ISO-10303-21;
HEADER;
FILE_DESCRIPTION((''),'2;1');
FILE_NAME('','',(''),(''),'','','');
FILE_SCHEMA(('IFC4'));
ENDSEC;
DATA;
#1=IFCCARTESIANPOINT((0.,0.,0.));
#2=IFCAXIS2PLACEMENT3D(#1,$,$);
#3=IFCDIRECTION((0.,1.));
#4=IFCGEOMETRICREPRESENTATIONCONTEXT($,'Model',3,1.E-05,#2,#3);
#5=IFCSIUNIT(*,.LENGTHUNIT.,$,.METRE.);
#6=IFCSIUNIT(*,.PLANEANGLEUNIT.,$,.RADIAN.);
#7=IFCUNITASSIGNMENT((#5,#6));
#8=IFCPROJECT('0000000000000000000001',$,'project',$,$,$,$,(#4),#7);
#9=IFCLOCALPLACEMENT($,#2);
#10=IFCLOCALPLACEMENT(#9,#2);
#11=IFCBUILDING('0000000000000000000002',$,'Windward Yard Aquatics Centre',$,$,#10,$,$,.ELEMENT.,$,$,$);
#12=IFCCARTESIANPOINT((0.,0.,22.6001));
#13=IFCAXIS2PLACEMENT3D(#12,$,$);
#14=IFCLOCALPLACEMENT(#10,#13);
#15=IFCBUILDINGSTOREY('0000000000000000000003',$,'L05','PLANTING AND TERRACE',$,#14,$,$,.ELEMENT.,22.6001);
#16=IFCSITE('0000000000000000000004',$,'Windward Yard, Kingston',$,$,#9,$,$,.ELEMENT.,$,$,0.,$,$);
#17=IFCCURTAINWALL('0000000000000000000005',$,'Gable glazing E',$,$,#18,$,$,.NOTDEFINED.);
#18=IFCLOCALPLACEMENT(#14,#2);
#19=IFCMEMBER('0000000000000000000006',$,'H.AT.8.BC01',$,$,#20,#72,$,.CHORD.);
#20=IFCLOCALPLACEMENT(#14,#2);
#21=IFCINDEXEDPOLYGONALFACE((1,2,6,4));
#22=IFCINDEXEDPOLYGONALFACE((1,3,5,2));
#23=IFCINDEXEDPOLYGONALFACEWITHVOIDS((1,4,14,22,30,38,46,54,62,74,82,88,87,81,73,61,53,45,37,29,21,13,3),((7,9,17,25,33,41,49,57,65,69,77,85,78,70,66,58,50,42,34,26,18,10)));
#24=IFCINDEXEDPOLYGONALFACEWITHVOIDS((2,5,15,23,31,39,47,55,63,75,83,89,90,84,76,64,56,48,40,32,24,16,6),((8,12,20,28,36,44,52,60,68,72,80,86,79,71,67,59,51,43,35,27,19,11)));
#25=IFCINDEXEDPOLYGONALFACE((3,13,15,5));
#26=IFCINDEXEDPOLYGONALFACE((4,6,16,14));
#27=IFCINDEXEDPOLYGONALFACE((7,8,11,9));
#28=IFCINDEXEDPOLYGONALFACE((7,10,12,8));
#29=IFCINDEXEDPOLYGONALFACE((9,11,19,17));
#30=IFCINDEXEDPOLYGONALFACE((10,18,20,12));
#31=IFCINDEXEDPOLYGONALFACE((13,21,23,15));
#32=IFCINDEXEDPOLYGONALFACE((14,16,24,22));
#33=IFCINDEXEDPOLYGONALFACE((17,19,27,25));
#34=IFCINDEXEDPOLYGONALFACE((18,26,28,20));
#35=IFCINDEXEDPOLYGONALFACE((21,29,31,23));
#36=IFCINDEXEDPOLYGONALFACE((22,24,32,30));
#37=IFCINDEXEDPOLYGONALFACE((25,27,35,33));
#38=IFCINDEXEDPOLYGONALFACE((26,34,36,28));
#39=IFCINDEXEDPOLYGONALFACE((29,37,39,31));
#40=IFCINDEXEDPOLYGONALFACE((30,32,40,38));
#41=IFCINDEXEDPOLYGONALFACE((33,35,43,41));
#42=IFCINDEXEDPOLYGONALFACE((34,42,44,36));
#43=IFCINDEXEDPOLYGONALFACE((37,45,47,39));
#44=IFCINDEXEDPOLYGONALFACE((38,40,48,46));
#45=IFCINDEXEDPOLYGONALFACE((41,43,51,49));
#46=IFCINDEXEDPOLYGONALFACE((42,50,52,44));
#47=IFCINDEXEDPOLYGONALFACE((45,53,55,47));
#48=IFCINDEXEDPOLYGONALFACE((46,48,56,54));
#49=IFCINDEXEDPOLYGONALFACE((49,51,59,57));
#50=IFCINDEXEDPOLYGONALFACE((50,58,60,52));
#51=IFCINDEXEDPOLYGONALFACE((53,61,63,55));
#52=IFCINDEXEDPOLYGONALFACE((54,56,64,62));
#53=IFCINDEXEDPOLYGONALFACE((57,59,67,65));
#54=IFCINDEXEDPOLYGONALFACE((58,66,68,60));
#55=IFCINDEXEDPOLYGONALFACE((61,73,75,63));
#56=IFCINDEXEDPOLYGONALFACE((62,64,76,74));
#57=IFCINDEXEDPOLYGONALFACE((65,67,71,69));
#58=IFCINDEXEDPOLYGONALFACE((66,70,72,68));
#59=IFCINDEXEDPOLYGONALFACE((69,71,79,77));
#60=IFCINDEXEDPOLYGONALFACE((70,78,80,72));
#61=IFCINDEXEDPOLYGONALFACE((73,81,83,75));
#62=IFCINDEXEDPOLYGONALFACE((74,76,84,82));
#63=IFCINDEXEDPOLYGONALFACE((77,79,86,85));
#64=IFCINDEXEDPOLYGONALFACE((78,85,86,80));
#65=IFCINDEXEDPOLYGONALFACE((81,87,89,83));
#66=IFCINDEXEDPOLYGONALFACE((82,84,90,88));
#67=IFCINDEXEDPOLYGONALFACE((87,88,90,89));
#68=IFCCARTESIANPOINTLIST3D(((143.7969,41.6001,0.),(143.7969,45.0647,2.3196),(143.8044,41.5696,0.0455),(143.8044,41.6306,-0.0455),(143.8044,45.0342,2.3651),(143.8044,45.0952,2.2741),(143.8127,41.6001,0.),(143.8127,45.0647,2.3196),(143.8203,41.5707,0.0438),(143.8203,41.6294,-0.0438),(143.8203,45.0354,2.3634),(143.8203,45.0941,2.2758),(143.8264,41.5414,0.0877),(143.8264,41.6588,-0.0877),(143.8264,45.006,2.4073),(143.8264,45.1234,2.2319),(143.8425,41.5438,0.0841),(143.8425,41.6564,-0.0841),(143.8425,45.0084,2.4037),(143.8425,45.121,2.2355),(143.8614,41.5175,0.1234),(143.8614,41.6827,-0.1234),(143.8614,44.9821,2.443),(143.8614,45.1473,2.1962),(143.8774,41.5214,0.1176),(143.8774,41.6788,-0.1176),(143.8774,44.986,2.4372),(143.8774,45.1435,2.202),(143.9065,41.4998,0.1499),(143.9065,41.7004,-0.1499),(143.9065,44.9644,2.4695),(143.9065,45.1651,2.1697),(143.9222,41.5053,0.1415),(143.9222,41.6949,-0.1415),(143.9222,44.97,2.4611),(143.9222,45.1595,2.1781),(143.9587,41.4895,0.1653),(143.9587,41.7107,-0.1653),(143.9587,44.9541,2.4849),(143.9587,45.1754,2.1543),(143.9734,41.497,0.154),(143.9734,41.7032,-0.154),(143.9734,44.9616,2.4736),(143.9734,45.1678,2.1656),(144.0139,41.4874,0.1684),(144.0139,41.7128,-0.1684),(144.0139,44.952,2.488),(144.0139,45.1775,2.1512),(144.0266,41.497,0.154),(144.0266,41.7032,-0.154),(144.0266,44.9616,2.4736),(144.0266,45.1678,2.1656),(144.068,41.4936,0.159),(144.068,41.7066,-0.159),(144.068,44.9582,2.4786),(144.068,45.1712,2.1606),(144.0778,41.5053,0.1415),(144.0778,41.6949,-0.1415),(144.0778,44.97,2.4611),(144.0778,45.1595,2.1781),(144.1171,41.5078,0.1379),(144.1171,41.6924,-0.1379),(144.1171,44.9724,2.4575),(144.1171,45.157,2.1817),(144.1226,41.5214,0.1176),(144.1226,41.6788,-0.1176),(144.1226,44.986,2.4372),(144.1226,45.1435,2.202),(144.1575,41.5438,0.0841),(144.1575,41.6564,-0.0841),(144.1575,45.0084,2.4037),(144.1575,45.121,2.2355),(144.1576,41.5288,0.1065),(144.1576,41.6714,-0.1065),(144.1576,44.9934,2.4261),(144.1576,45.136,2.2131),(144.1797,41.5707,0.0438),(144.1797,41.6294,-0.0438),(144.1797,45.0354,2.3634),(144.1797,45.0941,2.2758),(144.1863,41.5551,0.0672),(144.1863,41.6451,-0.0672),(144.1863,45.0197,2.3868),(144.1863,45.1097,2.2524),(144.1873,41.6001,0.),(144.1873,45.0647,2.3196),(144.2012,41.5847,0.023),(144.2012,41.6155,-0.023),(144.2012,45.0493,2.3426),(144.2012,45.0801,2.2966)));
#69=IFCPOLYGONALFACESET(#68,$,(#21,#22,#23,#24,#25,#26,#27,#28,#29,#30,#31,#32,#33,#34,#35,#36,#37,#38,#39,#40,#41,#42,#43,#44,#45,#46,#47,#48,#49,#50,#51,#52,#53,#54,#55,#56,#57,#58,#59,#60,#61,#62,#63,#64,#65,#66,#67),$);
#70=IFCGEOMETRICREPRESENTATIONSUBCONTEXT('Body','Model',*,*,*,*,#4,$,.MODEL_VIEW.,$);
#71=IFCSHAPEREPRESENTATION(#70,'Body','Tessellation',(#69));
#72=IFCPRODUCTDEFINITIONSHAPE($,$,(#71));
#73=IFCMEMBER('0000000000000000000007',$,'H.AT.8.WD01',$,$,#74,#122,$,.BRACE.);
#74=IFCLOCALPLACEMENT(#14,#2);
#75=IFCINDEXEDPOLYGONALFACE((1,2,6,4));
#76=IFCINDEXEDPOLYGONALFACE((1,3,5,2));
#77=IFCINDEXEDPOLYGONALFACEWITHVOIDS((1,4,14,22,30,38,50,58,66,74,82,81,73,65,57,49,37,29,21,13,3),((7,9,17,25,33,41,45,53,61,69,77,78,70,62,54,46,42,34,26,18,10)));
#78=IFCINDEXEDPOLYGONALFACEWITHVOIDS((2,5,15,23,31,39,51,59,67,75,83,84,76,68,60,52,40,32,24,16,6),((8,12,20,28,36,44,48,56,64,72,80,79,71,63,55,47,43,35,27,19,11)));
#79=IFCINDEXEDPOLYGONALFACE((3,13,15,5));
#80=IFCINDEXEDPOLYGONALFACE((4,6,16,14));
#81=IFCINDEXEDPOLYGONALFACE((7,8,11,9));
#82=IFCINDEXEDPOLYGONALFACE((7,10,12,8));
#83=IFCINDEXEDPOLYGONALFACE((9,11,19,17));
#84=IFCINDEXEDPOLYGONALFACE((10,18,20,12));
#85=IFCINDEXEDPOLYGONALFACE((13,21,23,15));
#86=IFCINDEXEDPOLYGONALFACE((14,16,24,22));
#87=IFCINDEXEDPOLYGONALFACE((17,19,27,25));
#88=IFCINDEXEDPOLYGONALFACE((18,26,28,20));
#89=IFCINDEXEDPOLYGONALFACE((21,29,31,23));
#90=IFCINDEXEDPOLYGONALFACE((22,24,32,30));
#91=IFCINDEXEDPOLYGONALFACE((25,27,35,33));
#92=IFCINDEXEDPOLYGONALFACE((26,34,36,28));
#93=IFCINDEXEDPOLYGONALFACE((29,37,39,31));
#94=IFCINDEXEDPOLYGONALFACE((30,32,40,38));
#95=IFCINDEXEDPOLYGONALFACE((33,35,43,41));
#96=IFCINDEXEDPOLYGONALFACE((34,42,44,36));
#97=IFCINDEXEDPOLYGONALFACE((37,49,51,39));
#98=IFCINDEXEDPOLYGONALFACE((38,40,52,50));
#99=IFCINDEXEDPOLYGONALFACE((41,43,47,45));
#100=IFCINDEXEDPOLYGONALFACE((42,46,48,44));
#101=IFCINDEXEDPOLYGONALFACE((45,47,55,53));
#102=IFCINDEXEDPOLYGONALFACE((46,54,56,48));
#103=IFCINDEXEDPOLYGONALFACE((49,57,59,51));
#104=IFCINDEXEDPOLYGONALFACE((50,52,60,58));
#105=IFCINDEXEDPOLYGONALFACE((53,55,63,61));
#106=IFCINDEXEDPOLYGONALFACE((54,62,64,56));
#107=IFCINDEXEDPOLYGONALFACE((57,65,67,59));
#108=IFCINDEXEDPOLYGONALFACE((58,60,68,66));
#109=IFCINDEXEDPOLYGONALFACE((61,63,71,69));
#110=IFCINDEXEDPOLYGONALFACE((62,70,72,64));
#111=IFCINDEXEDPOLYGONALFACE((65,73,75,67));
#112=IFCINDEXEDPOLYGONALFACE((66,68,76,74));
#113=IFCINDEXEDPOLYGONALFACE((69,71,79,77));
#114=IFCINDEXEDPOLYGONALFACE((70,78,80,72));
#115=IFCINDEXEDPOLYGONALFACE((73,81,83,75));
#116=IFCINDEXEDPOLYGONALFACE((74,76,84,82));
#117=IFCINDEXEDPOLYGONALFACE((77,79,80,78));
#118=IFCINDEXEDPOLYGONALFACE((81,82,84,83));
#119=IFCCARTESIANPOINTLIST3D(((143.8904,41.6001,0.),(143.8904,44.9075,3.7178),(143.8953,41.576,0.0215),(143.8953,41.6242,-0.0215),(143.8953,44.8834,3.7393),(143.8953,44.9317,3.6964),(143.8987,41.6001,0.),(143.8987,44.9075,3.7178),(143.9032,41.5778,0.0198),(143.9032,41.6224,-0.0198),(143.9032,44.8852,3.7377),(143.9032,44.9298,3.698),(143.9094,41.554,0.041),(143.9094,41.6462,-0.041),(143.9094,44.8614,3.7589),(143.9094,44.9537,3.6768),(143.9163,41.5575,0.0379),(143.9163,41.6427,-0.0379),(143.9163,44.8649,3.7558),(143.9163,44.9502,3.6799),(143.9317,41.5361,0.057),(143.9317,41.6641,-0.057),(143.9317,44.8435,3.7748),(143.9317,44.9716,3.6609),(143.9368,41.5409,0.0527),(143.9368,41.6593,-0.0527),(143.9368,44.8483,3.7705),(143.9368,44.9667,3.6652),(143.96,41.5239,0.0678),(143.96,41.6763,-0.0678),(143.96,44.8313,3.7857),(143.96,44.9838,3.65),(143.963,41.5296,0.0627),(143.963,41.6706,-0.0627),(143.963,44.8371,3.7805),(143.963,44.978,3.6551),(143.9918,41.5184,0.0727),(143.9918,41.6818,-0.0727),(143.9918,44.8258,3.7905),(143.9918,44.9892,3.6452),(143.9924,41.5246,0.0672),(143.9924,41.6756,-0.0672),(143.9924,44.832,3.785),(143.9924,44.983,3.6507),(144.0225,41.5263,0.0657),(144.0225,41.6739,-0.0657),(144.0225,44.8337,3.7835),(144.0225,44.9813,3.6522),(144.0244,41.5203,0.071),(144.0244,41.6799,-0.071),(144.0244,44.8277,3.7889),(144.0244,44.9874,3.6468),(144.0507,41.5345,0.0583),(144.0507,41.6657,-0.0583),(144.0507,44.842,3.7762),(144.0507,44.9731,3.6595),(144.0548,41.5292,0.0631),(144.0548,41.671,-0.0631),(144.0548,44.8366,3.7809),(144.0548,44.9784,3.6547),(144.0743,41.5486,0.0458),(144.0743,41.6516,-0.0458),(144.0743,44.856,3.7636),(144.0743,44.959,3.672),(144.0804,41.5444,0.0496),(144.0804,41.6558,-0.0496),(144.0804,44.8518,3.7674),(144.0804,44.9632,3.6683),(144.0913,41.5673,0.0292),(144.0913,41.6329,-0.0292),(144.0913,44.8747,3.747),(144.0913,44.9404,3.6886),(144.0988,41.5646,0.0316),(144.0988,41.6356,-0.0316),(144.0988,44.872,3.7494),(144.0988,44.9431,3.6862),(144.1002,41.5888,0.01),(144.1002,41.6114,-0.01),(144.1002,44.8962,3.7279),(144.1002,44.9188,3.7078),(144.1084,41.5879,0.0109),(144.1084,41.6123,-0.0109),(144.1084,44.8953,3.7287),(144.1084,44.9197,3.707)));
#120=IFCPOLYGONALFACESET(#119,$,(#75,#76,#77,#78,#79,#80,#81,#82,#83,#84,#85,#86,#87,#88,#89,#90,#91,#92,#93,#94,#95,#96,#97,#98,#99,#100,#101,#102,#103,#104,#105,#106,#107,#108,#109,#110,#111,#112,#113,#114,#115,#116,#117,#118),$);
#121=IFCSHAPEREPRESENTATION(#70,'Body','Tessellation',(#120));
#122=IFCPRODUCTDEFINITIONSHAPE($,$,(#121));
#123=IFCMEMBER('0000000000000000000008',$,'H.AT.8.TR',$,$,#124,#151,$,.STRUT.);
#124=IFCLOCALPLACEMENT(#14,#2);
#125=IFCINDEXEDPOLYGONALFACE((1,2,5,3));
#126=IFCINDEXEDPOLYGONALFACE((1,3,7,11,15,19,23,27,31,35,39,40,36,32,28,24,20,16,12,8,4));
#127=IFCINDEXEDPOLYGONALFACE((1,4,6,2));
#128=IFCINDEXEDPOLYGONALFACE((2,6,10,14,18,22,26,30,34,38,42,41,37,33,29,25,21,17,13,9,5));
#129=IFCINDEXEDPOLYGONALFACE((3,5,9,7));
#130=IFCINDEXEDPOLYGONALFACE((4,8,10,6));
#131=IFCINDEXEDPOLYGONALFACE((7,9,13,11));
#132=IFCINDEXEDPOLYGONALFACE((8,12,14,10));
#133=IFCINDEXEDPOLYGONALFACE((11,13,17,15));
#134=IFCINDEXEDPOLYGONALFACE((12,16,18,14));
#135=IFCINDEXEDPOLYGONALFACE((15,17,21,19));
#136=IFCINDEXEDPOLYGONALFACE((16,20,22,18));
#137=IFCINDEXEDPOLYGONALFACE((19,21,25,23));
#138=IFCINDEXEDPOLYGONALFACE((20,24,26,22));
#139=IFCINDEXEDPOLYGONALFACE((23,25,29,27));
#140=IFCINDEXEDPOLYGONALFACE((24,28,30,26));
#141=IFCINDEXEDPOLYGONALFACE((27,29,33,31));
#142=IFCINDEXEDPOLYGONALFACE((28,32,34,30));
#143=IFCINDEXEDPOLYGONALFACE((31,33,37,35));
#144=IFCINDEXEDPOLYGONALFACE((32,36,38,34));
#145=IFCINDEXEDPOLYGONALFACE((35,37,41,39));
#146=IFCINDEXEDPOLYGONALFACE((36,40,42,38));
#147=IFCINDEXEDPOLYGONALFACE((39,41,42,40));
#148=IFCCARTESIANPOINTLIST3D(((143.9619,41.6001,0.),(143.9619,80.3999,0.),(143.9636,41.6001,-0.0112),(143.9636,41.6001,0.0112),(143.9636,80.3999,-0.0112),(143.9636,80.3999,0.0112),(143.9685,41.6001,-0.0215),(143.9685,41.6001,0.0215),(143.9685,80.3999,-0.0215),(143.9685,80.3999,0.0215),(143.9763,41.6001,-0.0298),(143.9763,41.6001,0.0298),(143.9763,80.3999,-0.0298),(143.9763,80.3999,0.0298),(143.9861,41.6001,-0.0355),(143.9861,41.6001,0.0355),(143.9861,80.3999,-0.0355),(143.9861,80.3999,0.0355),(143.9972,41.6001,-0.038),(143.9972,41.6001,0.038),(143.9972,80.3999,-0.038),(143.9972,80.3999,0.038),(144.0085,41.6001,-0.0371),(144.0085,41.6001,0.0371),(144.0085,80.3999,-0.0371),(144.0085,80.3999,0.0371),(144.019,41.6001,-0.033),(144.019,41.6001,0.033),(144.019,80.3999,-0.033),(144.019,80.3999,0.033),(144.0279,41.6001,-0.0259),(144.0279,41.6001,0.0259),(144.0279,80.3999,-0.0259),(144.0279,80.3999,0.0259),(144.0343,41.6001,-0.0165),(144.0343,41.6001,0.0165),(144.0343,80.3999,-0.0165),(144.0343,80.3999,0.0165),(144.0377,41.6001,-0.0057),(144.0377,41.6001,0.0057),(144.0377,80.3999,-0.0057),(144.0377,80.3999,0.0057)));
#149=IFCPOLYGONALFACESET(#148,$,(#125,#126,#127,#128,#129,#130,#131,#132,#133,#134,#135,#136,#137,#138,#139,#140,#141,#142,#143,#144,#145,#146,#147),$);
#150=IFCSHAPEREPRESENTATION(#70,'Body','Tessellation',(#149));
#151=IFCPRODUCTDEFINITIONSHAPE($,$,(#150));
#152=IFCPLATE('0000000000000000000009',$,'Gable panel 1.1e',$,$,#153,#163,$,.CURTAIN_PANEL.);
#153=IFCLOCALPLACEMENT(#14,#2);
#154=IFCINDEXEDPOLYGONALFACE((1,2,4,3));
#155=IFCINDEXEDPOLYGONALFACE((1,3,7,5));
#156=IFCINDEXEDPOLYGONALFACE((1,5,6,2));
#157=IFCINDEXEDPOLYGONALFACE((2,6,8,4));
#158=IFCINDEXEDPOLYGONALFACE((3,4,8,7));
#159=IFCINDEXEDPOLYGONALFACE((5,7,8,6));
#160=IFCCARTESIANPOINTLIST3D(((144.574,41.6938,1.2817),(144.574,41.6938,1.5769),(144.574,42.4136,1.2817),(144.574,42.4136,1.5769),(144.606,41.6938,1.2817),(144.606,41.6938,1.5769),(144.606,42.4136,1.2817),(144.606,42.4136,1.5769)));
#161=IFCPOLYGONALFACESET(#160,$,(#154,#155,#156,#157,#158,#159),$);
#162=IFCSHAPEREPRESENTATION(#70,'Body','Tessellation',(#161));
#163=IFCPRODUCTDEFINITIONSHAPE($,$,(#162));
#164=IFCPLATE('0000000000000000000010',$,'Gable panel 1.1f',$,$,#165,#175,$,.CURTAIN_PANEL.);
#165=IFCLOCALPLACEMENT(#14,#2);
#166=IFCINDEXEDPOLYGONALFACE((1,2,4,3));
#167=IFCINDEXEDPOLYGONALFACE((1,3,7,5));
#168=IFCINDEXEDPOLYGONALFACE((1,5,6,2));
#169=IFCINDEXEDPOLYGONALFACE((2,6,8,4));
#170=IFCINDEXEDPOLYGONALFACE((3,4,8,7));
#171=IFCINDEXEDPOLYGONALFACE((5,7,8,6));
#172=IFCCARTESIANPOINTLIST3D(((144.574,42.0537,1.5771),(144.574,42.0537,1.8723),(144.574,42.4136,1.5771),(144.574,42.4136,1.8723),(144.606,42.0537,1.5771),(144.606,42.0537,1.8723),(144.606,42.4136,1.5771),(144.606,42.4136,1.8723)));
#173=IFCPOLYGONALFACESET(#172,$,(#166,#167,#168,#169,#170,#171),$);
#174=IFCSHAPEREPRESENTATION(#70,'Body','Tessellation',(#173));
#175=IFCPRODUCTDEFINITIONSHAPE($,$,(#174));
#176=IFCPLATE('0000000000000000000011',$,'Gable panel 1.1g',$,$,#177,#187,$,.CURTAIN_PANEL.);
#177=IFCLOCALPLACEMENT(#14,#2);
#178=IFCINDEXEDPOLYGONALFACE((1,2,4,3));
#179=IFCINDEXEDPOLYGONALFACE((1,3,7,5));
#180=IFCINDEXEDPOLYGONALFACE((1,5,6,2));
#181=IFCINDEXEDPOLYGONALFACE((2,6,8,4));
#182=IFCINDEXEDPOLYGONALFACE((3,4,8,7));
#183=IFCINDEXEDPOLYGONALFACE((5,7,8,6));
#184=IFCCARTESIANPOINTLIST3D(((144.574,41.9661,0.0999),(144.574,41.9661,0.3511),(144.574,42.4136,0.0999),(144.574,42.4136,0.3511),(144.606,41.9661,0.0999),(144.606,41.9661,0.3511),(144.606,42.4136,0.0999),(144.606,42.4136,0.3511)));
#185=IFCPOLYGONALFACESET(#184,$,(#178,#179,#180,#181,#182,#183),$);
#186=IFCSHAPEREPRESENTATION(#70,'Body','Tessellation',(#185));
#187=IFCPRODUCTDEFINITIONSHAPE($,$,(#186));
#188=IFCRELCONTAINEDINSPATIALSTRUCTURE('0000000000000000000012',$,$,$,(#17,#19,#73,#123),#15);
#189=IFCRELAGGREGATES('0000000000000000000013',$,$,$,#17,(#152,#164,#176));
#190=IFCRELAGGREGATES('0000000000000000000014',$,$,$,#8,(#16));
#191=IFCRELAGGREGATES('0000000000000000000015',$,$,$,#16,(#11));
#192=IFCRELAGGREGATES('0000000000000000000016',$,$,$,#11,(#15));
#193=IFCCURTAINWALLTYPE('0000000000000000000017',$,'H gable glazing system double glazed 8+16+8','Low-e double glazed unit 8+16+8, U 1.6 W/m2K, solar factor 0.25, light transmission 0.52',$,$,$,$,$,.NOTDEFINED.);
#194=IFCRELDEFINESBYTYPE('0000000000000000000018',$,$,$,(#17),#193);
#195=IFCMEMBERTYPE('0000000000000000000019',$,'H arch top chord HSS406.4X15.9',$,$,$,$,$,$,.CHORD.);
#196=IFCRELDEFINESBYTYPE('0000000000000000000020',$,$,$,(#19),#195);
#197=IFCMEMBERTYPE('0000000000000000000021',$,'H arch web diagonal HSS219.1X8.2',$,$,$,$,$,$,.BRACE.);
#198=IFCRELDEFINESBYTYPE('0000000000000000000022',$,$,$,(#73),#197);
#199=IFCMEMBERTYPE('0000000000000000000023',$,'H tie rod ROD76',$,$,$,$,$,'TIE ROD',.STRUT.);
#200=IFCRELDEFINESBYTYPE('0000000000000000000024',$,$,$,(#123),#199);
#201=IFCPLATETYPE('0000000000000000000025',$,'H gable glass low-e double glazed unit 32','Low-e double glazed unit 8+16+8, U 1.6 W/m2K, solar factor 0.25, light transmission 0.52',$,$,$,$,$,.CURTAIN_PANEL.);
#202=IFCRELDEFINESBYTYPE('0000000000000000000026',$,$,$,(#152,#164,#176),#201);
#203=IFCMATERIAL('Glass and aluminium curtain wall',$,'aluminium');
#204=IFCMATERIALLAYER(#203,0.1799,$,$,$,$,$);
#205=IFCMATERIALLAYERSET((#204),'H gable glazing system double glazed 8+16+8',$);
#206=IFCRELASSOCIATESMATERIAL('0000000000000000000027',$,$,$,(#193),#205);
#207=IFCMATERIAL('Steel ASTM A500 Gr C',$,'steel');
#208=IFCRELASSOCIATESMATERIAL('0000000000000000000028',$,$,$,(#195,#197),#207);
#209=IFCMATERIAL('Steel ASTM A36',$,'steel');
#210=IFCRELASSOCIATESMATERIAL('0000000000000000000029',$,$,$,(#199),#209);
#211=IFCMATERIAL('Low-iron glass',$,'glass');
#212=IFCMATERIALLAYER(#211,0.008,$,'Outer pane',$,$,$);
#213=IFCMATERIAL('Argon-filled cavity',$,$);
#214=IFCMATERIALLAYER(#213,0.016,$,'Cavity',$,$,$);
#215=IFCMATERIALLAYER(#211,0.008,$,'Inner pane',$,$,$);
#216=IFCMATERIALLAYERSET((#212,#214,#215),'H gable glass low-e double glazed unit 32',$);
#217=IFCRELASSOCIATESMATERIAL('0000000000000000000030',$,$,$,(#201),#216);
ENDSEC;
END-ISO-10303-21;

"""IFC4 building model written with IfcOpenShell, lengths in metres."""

from ifc_helpers import new_model, si_unit, direction, frame, origin, origin_2d, place, context, subcontext, project, spatial, polyline, circle, hollow_circle, outline, extrude, material, layer, layer_set, material_profile, profile_set, type_object, element, aggregate, save


model = new_model("IFC4")

# Units and contexts
model_context = context("Model", 3, precision=1e-05, world=origin(), true_north=direction((0.0, 1.0)))
body_context = subcontext(model_context, "Body", "Model", "MODEL_VIEW")
ifc_project = project(units=[si_unit("LENGTHUNIT", "METRE"), si_unit("PLANEANGLEUNIT", "RADIAN")], contexts=[model_context])

# Site, building, storey
site_placement = place(None, origin())
site = spatial("IfcSite", under=ifc_project, at=site_placement, Name="Windward Yard, Kingston", CompositionType="ELEMENT", RefElevation=0.0)
building_placement = place(site_placement, origin())
building = spatial("IfcBuilding", under=site, at=building_placement, Name="Windward Yard Aquatics Centre", CompositionType="ELEMENT")
storey_placement = place(building_placement, frame((0.0, 0.0, 22.6001)))
storey = spatial("IfcBuildingStorey", under=building, at=storey_placement, Name="L05", Description="PLANTING AND TERRACE", CompositionType="ELEMENT", Elevation=22.6001)

# Curtain wall
ifc_material_1 = material(Name="Glass and aluminium curtain wall", Category="aluminium")
ifc_layer_1 = layer(ifc_material_1, 0.1799)
ifc_layer_set_1 = layer_set([ifc_layer_1], Name="H gable glazing system double glazed 8+16+8")
curtain_wall_type = type_object("IfcCurtainWallType", Name="H gable glazing system double glazed 8+16+8", Description="Low-e double glazed unit 8+16+8, U 1.6 W/m2K, solar factor 0.25, light transmission 0.52", PredefinedType="NOTDEFINED", material=ifc_layer_set_1)
curtain_wall_placement = place(storey_placement, origin())
curtain_wall = element("IfcCurtainWall", 1, at=curtain_wall_placement, inside=storey, type_object=curtain_wall_type, Name="Gable glazing E", PredefinedType="NOTDEFINED")

# Members
ifc_material_2 = material(Name="Steel ASTM A500 Gr C", Category="steel")
ifc_material_profile_1 = material_profile(ifc_material_2, hollow_circle(Radius=0.2031, WallThickness=0.0159, at=origin_2d()), Name="HSS406.4X15.9")
ifc_profile_set_1 = profile_set([ifc_material_profile_1], Name="Steel ASTM A500 Gr C")
member_type_1 = type_object("IfcMemberType", Name="H arch top chord HSS406.4X15.9", PredefinedType="CHORD", material=ifc_profile_set_1)
member_1_placement = place(storey_placement, frame((144.0, 41.6001, 0.0), z_axis=(0.0, 0.830959, 0.556334), x_axis=(-1.0, 0.0, 0.0)))
element("IfcMember", 2, at=member_1_placement, inside=storey, type_object=member_type_1, Name="H.AT.8.BC01", PredefinedType="CHORD", context=body_context, shape_type="SweptSolid", body=[
    extrude(hollow_circle(Radius=0.2031, WallThickness=0.0159, at=origin_2d()), origin(), (0.0, 0.0, 1.0), 4.1694),
])
ifc_material_profile_2 = material_profile(ifc_material_2, hollow_circle(Radius=0.1096, WallThickness=0.0083, at=origin_2d()), Name="HSS219.1X8.2")
ifc_profile_set_2 = profile_set([ifc_material_profile_2], Name="Steel ASTM A500 Gr C")
member_type_2 = type_object("IfcMemberType", Name="H arch web diagonal HSS219.1X8.2", PredefinedType="BRACE", material=ifc_profile_set_2)
member_2_placement = place(storey_placement, frame((144.0, 41.6001, 0.0), z_axis=(0.0, 0.664665, 0.747141), x_axis=(-1.0, 0.0, 0.0)))
element("IfcMember", 3, at=member_2_placement, inside=storey, type_object=member_type_2, Name="H.AT.8.WD01", PredefinedType="BRACE", context=body_context, shape_type="SweptSolid", body=[
    extrude(hollow_circle(Radius=0.1096, WallThickness=0.0083, at=origin_2d()), origin(), (0.0, 0.0, 1.0), 4.9761),
])
ifc_material_3 = material(Name="Steel ASTM A36", Category="steel")
ifc_material_profile_3 = material_profile(ifc_material_3, circle(Radius=0.0381, at=origin_2d()), Name="ROD76")
ifc_profile_set_3 = profile_set([ifc_material_profile_3], Name="Steel ASTM A36")
member_type_3 = type_object("IfcMemberType", Name="H tie rod ROD76", ElementType="TIE ROD", PredefinedType="STRUT", material=ifc_profile_set_3)
member_3_placement = place(storey_placement, frame((144.0, 41.6001, 0.0), z_axis=(0.0, 1.0, 0.0), x_axis=(-1.0, 0.0, 0.0)))
element("IfcMember", 4, at=member_3_placement, inside=storey, type_object=member_type_3, Name="H.AT.8.TR", PredefinedType="STRUT", context=body_context, shape_type="SweptSolid", body=[
    extrude(circle(Radius=0.0381, at=origin_2d()), origin(), (0.0, 0.0, 1.0), 38.7998),
])

# Plates
ifc_material_4 = material(Name="Low-iron glass", Category="glass")
ifc_layer_2 = layer(ifc_material_4, 0.008, Name="Outer pane")
ifc_material_5 = material(Name="Argon-filled cavity")
ifc_layer_3 = layer(ifc_material_5, 0.016, Name="Cavity")
ifc_layer_4 = layer(ifc_material_4, 0.008, Name="Inner pane")
ifc_layer_set_2 = layer_set([ifc_layer_2, ifc_layer_3, ifc_layer_4], Name="H gable glass low-e double glazed unit 32")
plate_type = type_object("IfcPlateType", Name="H gable glass low-e double glazed unit 32", Description="Low-e double glazed unit 8+16+8, U 1.6 W/m2K, solar factor 0.25, light transmission 0.52", PredefinedType="CURTAIN_PANEL", material=ifc_layer_set_2)
plate_1_placement = place(storey_placement, frame((144.606, 41.6938, 1.2817), z_axis=(1.0, 0.0, 0.0), x_axis=(0.0, 1.0, 0.0)))
plate_1 = element("IfcPlate", 5, at=plate_1_placement, type_object=plate_type, Name="Gable panel 1.1e", PredefinedType="CURTAIN_PANEL", context=body_context, shape_type="SweptSolid", body=[
    extrude(outline(polyline([(0.0, 0.0), (0.7197, 0.0), (0.7197, 0.2952), (0.0, 0.2952), (0.0, 0.0)])), origin(), (0.0, 0.0, -1.0), 0.032),
])
plate_2_placement = place(storey_placement, frame((144.606, 42.0537, 1.5771), z_axis=(1.0, 0.0, 0.0), x_axis=(0.0, 1.0, 0.0)))
plate_2 = element("IfcPlate", 6, at=plate_2_placement, type_object=plate_type, Name="Gable panel 1.1f", PredefinedType="CURTAIN_PANEL", context=body_context, shape_type="SweptSolid", body=[
    extrude(outline(polyline([(0.0, 0.0), (0.3599, 0.0), (0.3599, 0.2952), (0.0, 0.2952), (0.0, 0.0)])), origin(), (0.0, 0.0, -1.0), 0.032),
])
plate_3_placement = place(storey_placement, frame((144.606, 41.9661, 0.0999), z_axis=(1.0, 0.0, 0.0), x_axis=(0.0, 1.0, 0.0)))
plate_3 = element("IfcPlate", 7, at=plate_3_placement, type_object=plate_type, Name="Gable panel 1.1g", PredefinedType="CURTAIN_PANEL", context=body_context, shape_type="SweptSolid", body=[
    extrude(outline(polyline([(0.0, 0.0), (0.4475, 0.0), (0.4475, 0.2512), (0.0, 0.2512), (0.0, 0.0)])), origin(), (0.0, 0.0, -1.0), 0.032),
])

aggregate(curtain_wall, [plate_1, plate_2, plate_3])

save(model, "model.ifc")
